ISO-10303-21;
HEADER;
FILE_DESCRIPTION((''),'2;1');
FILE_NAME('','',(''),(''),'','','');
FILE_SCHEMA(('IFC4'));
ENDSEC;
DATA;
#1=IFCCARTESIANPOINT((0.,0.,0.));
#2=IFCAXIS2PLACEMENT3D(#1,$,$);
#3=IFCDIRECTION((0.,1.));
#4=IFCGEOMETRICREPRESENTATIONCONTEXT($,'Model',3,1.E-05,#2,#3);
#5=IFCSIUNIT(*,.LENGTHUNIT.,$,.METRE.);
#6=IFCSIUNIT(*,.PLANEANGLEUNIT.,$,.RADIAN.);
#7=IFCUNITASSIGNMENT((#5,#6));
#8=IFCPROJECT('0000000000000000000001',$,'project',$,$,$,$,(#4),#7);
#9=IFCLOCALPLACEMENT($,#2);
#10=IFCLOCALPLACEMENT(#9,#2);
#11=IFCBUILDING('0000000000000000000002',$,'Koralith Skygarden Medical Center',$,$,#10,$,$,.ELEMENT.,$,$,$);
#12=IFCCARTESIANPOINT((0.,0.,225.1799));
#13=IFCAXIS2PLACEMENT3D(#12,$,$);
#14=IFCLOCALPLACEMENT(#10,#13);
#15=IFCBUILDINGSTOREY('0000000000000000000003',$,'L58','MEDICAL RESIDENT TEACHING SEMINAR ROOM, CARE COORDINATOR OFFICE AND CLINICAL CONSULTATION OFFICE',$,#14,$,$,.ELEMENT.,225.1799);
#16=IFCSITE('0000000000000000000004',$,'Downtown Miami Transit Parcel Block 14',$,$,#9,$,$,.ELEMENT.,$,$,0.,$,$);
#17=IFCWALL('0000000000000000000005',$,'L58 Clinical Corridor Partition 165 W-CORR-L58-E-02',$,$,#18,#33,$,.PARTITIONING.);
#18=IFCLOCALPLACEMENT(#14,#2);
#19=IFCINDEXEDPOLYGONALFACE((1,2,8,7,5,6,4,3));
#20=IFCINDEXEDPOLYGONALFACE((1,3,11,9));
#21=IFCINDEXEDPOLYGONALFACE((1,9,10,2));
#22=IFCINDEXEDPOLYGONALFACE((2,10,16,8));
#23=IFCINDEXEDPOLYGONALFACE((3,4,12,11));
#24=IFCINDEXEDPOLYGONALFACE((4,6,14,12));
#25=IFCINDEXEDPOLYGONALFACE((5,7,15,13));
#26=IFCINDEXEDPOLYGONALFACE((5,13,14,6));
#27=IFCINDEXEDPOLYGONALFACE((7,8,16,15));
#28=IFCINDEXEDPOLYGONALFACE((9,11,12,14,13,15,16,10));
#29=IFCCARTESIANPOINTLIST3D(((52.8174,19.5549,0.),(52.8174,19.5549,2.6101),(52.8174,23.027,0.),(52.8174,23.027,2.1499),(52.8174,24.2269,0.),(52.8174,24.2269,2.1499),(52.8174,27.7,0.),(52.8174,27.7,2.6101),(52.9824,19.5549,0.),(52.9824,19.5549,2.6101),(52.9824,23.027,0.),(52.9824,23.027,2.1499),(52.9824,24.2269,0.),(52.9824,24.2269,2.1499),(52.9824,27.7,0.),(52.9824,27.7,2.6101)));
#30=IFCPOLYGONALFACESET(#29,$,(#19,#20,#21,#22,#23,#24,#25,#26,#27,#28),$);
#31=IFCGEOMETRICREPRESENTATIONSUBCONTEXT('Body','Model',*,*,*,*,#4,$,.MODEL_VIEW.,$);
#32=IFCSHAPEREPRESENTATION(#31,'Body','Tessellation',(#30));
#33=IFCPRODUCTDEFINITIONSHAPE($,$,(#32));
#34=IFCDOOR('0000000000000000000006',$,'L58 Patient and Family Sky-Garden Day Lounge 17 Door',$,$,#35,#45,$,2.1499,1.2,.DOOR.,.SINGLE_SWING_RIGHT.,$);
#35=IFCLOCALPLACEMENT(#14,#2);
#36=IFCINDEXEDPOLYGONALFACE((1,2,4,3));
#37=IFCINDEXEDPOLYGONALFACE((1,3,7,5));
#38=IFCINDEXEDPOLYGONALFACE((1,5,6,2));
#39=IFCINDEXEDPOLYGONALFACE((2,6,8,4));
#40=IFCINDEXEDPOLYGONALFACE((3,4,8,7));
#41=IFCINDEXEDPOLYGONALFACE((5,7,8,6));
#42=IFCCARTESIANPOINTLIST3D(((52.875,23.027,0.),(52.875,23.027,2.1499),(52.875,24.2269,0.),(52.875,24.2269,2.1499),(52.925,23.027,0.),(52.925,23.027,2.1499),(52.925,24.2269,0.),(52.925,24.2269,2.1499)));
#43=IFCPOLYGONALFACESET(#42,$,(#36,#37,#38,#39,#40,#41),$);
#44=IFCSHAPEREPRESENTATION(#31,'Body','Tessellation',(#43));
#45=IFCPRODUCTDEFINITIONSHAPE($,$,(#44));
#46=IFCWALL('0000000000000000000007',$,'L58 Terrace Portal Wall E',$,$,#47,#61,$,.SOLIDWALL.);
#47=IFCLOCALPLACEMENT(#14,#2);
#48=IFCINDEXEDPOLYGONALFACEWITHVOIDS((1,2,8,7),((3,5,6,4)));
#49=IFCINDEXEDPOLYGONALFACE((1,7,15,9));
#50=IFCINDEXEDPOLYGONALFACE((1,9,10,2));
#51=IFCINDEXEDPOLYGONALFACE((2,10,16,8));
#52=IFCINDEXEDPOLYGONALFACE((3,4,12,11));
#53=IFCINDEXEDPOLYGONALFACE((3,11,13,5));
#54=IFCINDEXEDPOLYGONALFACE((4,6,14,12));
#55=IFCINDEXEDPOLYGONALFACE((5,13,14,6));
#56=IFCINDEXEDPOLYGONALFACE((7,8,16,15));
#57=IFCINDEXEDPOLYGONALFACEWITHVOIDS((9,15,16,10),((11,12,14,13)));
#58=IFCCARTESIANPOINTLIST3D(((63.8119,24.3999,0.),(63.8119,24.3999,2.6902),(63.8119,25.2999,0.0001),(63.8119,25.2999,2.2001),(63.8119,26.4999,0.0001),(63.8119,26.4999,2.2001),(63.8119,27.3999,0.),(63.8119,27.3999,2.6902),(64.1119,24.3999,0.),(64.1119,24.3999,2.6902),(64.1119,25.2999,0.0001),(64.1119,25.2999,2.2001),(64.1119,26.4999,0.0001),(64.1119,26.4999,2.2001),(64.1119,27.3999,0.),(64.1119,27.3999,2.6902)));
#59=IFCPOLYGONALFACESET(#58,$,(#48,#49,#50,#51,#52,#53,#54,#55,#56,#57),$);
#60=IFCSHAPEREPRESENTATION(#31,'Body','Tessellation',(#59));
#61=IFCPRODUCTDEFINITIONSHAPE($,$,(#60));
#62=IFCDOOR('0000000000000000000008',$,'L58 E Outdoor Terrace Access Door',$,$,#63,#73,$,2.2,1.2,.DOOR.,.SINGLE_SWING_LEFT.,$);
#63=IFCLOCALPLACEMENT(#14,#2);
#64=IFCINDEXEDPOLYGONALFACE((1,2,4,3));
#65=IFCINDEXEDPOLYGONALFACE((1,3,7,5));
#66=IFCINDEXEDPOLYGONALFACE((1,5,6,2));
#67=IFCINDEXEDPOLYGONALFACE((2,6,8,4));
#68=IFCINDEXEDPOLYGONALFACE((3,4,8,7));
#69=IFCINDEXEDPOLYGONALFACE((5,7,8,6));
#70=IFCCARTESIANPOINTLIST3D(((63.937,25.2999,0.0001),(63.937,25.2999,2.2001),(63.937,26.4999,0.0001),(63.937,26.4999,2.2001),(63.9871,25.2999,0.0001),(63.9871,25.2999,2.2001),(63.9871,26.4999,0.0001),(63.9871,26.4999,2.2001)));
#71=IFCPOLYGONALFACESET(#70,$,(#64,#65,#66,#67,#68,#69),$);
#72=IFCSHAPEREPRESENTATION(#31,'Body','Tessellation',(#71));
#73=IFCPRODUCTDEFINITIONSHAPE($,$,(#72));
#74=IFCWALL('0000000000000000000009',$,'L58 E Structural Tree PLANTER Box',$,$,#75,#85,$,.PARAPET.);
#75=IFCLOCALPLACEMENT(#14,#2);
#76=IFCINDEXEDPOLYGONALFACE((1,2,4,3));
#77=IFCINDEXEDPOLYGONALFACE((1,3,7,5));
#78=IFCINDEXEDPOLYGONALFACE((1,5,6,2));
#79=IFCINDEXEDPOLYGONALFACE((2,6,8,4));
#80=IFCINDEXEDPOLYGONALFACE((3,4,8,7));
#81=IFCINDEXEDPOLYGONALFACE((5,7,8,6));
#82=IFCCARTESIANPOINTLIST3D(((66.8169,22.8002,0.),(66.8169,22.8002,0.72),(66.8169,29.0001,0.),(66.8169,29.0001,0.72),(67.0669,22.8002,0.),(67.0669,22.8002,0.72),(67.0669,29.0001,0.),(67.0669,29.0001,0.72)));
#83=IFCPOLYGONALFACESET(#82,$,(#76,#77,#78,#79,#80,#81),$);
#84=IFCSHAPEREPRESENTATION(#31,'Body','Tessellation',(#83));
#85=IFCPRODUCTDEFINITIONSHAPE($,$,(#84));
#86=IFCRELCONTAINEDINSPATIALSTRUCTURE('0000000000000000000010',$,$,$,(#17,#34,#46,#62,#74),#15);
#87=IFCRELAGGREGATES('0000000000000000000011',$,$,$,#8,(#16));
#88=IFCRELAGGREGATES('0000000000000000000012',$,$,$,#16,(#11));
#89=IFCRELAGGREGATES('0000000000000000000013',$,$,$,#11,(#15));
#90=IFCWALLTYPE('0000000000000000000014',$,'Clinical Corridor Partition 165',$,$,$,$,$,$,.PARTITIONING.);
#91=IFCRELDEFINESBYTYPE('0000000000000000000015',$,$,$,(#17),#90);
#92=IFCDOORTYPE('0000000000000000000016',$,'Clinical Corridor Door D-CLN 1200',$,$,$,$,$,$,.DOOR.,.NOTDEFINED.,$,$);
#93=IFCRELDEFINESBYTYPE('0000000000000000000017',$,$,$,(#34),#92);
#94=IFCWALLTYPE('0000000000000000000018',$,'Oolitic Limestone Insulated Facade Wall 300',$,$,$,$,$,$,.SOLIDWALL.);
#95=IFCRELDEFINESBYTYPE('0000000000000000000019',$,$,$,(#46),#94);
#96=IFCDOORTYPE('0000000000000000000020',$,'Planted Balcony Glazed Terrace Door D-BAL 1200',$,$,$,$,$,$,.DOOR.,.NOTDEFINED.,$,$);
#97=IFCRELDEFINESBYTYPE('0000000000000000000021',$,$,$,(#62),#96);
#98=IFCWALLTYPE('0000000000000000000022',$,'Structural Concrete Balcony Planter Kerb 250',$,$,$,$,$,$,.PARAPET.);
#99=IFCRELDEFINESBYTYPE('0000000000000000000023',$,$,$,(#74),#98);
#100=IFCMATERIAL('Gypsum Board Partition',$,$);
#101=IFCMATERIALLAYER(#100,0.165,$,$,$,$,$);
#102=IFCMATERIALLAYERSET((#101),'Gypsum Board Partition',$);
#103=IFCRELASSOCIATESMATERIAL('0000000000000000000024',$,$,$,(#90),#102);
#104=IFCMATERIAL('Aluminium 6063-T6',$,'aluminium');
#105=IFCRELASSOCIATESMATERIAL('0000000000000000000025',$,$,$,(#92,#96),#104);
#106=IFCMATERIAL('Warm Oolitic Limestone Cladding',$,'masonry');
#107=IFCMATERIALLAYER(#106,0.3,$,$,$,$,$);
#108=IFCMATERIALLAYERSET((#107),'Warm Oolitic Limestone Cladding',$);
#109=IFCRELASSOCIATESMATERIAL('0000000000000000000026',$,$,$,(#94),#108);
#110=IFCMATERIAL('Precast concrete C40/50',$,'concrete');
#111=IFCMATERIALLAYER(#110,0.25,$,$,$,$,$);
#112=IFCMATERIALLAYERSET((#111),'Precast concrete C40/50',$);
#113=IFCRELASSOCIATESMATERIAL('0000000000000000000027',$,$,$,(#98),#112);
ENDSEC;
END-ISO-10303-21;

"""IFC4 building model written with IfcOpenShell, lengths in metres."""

from ifc_helpers import new_model, si_unit, direction, frame, frame_2d, origin, place, context, subcontext, project, spatial, rectangle, extrude, material, layer, layer_set, type_object, element, fill, save


model = new_model("IFC4")

# Units and contexts
model_context = context("Model", 3, precision=1e-05, world=origin(), true_north=direction((0.0, 1.0)))
body_context = subcontext(model_context, "Body", "Model", "MODEL_VIEW")
ifc_project = project(units=[si_unit("LENGTHUNIT", "METRE"), si_unit("PLANEANGLEUNIT", "RADIAN")], contexts=[model_context])

# Site, building, storey
site_placement = place(None, origin())
site = spatial("IfcSite", under=ifc_project, at=site_placement, Name="Downtown Miami Transit Parcel Block 14", CompositionType="ELEMENT", RefElevation=0.0)
building_placement = place(site_placement, origin())
building = spatial("IfcBuilding", under=site, at=building_placement, Name="Koralith Skygarden Medical Center", CompositionType="ELEMENT")
storey_placement = place(building_placement, frame((0.0, 0.0, 225.1799)))
storey = spatial("IfcBuildingStorey", under=building, at=storey_placement, Name="L58", Description="MEDICAL RESIDENT TEACHING SEMINAR ROOM, CARE COORDINATOR OFFICE AND CLINICAL CONSULTATION OFFICE", CompositionType="ELEMENT", Elevation=225.1799)

# Shared definitions
ifc_material_1 = material(Name="Aluminium 6063-T6", Category="aluminium")

# Shared definitions
ifc_material_2 = material(Name="Gypsum Board Partition")
ifc_layer_1 = layer(ifc_material_2, 0.165)
ifc_layer_set_1 = layer_set([ifc_layer_1], Name="Gypsum Board Partition")
wall_type_1 = type_object("IfcWallType", Name="Clinical Corridor Partition 165", PredefinedType="PARTITIONING", material=ifc_layer_set_1)

# Walls, openings, doors
door_type_1 = type_object("IfcDoorType", Name="Clinical Corridor Door D-CLN 1200", OperationType="NOTDEFINED", PredefinedType="DOOR", material=ifc_material_1)
wall_1_placement = place(storey_placement, frame((52.8999, 19.5549, 0.0), z_axis=(0.0, 0.0, 1.0), x_axis=(0.0, 1.0, 0.0)))
wall_1 = element("IfcWall", 1, at=wall_1_placement, inside=storey, type_object=wall_type_1, Name="L58 Clinical Corridor Partition 165 W-CORR-L58-E-02", PredefinedType="PARTITIONING", context=body_context, shape_type="SweptSolid", body=[
    extrude(rectangle(XDim=8.145, YDim=0.165, at=frame_2d((4.0725, 0.0))), origin(), (0.0, 0.0, 1.0), 2.6101),
])
opening_1_placement = place(wall_1_placement, frame((3.4719, 0.0, 0.0)))
opening_1 = element("IfcOpeningElement", 2, at=opening_1_placement, cuts=wall_1, PredefinedType="OPENING", context=body_context, shape_type="SweptSolid", body=[
    extrude(rectangle(XDim=1.2, YDim=2.1499, at=frame_2d((0.6001, 1.075))), frame((0.0, 0.0925, 0.0), z_axis=(0.0, -1.0, 0.0), x_axis=(1.0, 0.0, 0.0)), (0.0, 0.0, 1.0), 0.1851),
])
door_1_placement = place(opening_1_placement, origin())
door_1 = element("IfcDoor", 3, at=door_1_placement, inside=storey, type_object=door_type_1, Name="L58 Patient and Family Sky-Garden Day Lounge 17 Door", OperationType="SINGLE_SWING_RIGHT", OverallHeight=2.1499, OverallWidth=1.2, PredefinedType="DOOR", context=body_context, shape_type="SweptSolid", body=[
    extrude(rectangle(XDim=1.2, YDim=2.1499, at=frame_2d((0.6001, 1.075))), frame((0.0, 0.0249, 0.0), z_axis=(0.0, -1.0, 0.0), x_axis=(1.0, 0.0, 0.0)), (0.0, 0.0, 1.0), 0.05),
])
fill(opening_1, door_1)
ifc_material_3 = material(Name="Warm Oolitic Limestone Cladding", Category="masonry")
ifc_layer_2 = layer(ifc_material_3, 0.3)
ifc_layer_set_2 = layer_set([ifc_layer_2], Name="Warm Oolitic Limestone Cladding")
wall_type_2 = type_object("IfcWallType", Name="Oolitic Limestone Insulated Facade Wall 300", PredefinedType="SOLIDWALL", material=ifc_layer_set_2)
wall_2_placement = place(storey_placement, frame((63.9619, 24.3999, 0.0), z_axis=(0.0, 0.0, 1.0), x_axis=(0.0, 1.0, 0.0)))
wall_2 = element("IfcWall", 4, at=wall_2_placement, inside=storey, type_object=wall_type_2, Name="L58 Terrace Portal Wall E", PredefinedType="SOLIDWALL", context=body_context, shape_type="SweptSolid", body=[
    extrude(rectangle(XDim=3.0, YDim=0.3, at=frame_2d((1.5, 0.0))), origin(), (0.0, 0.0, 1.0), 2.6902),
])
opening_2_placement = place(wall_2_placement, frame((0.8999, 0.0, 0.0)))
opening_2 = element("IfcOpeningElement", 5, at=opening_2_placement, cuts=wall_2, PredefinedType="OPENING", context=body_context, shape_type="SweptSolid", body=[
    extrude(rectangle(XDim=1.2, YDim=2.2, at=frame_2d((0.6001, 1.1001))), frame((0.0, 0.1599, 0.0), z_axis=(0.0, -1.0, 0.0), x_axis=(1.0, 0.0, 0.0)), (0.0, 0.0, 1.0), 0.3201),
])
door_type_2 = type_object("IfcDoorType", Name="Planted Balcony Glazed Terrace Door D-BAL 1200", OperationType="NOTDEFINED", PredefinedType="DOOR", material=ifc_material_1)
door_2_placement = place(opening_2_placement, origin())
door_2 = element("IfcDoor", 6, at=door_2_placement, inside=storey, type_object=door_type_2, Name="L58 E Outdoor Terrace Access Door", OperationType="SINGLE_SWING_LEFT", OverallHeight=2.2, OverallWidth=1.2, PredefinedType="DOOR", context=body_context, shape_type="SweptSolid", body=[
    extrude(rectangle(XDim=1.2, YDim=2.2, at=frame_2d((0.6001, 1.1001))), frame((0.0, 0.0249, 0.0), z_axis=(0.0, -1.0, 0.0), x_axis=(1.0, 0.0, 0.0)), (0.0, 0.0, 1.0), 0.05),
])
fill(opening_2, door_2)

# Wall
ifc_material_4 = material(Name="Precast concrete C40/50", Category="concrete")
ifc_layer_3 = layer(ifc_material_4, 0.25)
ifc_layer_set_3 = layer_set([ifc_layer_3], Name="Precast concrete C40/50")
wall_type_3 = type_object("IfcWallType", Name="Structural Concrete Balcony Planter Kerb 250", PredefinedType="PARAPET", material=ifc_layer_set_3)
wall_3_placement = place(storey_placement, frame((66.9419, 22.8, 0.0), z_axis=(0.0, 0.0, 1.0), x_axis=(0.0, 1.0, 0.0)))
element("IfcWall", 7, at=wall_3_placement, inside=storey, type_object=wall_type_3, Name="L58 E Structural Tree PLANTER Box", PredefinedType="PARAPET", context=body_context, shape_type="SweptSolid", body=[
    extrude(rectangle(XDim=6.2, YDim=0.25, at=frame_2d((3.1001, 0.0))), origin(), (0.0, 0.0, 1.0), 0.72),
])

save(model, "model.ifc")
